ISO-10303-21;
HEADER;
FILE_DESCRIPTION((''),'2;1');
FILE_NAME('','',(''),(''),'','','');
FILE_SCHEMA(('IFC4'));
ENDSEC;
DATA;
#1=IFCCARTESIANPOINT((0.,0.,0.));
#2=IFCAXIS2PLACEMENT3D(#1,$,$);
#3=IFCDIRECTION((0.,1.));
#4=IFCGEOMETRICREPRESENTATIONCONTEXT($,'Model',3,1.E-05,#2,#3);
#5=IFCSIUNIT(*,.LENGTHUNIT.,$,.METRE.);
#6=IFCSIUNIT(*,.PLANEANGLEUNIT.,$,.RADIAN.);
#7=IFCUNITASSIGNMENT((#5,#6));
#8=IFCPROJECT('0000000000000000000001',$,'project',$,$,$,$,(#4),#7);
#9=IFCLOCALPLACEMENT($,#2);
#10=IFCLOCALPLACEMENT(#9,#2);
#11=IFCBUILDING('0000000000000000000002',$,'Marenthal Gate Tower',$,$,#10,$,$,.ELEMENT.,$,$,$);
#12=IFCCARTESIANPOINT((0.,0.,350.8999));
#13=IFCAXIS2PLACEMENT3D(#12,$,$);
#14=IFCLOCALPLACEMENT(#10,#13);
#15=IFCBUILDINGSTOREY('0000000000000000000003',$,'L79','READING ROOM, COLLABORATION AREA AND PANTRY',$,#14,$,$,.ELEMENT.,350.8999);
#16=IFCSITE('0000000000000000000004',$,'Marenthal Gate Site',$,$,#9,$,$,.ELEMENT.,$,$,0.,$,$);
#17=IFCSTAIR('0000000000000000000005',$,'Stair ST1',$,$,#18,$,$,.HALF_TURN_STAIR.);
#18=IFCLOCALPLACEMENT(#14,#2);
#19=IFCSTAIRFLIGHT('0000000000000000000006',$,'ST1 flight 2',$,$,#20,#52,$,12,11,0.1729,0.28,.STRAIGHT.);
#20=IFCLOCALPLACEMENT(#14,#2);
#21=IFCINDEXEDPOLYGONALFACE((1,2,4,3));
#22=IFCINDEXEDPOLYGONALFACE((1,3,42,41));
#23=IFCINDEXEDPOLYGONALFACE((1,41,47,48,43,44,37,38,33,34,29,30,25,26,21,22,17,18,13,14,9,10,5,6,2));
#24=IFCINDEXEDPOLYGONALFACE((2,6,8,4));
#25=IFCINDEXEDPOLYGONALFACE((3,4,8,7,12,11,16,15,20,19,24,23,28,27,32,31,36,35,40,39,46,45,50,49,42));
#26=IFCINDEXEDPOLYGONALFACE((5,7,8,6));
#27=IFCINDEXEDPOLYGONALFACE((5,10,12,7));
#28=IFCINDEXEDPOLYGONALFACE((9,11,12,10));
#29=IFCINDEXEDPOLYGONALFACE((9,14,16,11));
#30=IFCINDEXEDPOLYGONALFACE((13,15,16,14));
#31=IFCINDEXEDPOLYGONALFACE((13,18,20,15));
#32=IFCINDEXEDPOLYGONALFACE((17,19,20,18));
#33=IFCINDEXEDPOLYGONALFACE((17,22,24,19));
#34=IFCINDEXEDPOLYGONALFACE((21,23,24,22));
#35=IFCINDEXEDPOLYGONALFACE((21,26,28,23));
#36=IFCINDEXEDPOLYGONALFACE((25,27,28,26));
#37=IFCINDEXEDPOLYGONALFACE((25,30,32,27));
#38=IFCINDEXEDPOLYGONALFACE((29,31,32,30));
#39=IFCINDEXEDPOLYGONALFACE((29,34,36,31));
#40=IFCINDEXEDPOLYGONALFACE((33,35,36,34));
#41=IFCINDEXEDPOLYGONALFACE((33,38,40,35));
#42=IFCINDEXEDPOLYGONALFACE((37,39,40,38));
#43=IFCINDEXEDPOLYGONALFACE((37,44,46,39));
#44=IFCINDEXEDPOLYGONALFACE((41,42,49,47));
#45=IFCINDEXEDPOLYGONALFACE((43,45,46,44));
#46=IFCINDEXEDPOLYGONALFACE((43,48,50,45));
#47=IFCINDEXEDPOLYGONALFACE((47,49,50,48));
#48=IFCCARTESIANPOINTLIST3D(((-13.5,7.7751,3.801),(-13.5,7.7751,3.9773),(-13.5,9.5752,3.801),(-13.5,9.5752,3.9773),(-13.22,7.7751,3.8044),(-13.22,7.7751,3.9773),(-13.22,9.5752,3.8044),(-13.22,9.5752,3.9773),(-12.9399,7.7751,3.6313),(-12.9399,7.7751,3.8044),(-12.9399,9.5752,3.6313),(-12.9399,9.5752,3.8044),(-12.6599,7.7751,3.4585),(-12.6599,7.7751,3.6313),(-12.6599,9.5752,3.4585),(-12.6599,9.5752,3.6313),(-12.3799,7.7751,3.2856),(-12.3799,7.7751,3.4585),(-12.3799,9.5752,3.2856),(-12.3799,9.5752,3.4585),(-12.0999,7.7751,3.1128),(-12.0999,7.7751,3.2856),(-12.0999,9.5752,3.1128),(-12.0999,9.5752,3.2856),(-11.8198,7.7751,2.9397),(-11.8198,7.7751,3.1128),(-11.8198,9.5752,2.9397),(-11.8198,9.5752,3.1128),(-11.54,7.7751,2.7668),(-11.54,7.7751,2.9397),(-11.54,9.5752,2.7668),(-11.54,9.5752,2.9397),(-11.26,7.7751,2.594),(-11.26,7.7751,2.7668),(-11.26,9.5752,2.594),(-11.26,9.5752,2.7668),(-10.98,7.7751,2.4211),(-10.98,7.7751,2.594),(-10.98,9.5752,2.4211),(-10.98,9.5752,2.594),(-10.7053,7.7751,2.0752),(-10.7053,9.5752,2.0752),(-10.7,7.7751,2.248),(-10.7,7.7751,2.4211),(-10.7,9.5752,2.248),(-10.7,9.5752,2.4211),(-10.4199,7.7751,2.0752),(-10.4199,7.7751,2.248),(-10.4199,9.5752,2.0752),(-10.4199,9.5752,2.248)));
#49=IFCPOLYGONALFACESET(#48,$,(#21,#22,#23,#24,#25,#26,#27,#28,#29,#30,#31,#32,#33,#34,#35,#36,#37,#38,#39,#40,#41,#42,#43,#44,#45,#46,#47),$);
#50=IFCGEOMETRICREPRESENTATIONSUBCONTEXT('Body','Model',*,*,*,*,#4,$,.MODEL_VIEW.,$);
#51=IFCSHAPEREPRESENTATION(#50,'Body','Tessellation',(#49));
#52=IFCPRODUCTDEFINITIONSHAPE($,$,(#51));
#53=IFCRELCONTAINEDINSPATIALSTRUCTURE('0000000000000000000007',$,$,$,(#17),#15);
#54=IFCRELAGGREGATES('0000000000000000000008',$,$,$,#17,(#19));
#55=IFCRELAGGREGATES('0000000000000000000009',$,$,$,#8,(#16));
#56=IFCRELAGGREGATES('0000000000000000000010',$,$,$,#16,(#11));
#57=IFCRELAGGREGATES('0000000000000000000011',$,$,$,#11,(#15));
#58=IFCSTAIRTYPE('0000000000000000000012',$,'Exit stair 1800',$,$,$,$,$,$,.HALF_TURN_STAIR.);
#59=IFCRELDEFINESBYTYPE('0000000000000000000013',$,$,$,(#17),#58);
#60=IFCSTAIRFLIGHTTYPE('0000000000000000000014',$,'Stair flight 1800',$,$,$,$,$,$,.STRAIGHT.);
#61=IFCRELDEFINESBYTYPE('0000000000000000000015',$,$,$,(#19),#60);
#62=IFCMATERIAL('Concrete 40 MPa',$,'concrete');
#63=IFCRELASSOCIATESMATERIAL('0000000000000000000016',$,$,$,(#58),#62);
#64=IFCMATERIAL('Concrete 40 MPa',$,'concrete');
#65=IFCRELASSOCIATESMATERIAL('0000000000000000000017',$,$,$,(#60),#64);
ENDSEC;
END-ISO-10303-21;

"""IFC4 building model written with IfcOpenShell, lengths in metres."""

from ifc_helpers import new_model, si_unit, direction, frame, origin, place, context, subcontext, project, spatial, polyline, outline, extrude, material, type_object, element, aggregate, save


model = new_model("IFC4")

# Units and contexts
model_context = context("Model", 3, precision=1e-05, world=origin(), true_north=direction((0.0, 1.0)))
body_context = subcontext(model_context, "Body", "Model", "MODEL_VIEW")
ifc_project = project(units=[si_unit("LENGTHUNIT", "METRE"), si_unit("PLANEANGLEUNIT", "RADIAN")], contexts=[model_context])

# Site, building, storey
site_placement = place(None, origin())
site = spatial("IfcSite", under=ifc_project, at=site_placement, Name="Marenthal Gate Site", CompositionType="ELEMENT", RefElevation=0.0)
building_placement = place(site_placement, origin())
building = spatial("IfcBuilding", under=site, at=building_placement, Name="Marenthal Gate Tower", CompositionType="ELEMENT")
storey_placement = place(building_placement, frame((0.0, 0.0, 350.8999)))
storey = spatial("IfcBuildingStorey", under=building, at=storey_placement, Name="L79", Description="READING ROOM, COLLABORATION AREA AND PANTRY", CompositionType="ELEMENT", Elevation=350.8999)

# Stair, stair flight
ifc_material_1 = material(Name="Concrete 40 MPa", Category="concrete")
stair_type = type_object("IfcStairType", Name="Exit stair 1800", PredefinedType="HALF_TURN_STAIR", material=ifc_material_1)
stair_placement = place(storey_placement, origin())
stair = element("IfcStair", 1, at=stair_placement, inside=storey, type_object=stair_type, Name="Stair ST1", PredefinedType="HALF_TURN_STAIR")
ifc_material_2 = material(Name="Concrete 40 MPa", Category="concrete")
stair_flight_type = type_object("IfcStairFlightType", Name="Stair flight 1800", PredefinedType="STRAIGHT", material=ifc_material_2)
stair_flight_1_placement = place(storey_placement, frame((-10.4199, 8.675, 2.0752), z_axis=(0.0, 0.0, 1.0), x_axis=(-1.0, 0.0, 0.0)))
stair_flight_1 = element("IfcStairFlight", 2, at=stair_flight_1_placement, type_object=stair_flight_type, Name="ST1 flight 2", NumberOfRisers=12, NumberOfTreads=11, PredefinedType="STRAIGHT", RiserHeight=0.1729, TreadLength=0.28, context=body_context, shape_type="SweptSolid", body=[
    extrude(outline(polyline([(0.0, 0.0), (0.0, 0.1729), (0.28, 0.1729), (0.28, 0.3459), (0.5601, 0.3459), (0.5601, 0.5188), (0.8401, 0.5188), (0.8401, 0.6917), (1.1201, 0.6917), (1.1201, 0.8645), (1.3999, 0.8645), (1.3999, 1.0376), (1.6799, 1.0376), (1.6799, 1.2104), (1.96, 1.2104), (1.96, 1.3833), (2.24, 1.3833), (2.24, 1.5562), (2.52, 1.5562), (2.52, 1.7292), (2.8, 1.7292), (2.8, 1.9021), (3.0801, 1.9021), (3.0801, 2.075), (3.0801, 1.7258), (0.2854, 0.0), (0.0, 0.0)])), frame((0.0, 0.8999, 0.0), z_axis=(0.0, -1.0, 0.0), x_axis=(1.0, 0.0, 0.0)), (0.0, 0.0, 1.0), 1.8),
])
aggregate(stair, [stair_flight_1])

save(model, "model.ifc")
